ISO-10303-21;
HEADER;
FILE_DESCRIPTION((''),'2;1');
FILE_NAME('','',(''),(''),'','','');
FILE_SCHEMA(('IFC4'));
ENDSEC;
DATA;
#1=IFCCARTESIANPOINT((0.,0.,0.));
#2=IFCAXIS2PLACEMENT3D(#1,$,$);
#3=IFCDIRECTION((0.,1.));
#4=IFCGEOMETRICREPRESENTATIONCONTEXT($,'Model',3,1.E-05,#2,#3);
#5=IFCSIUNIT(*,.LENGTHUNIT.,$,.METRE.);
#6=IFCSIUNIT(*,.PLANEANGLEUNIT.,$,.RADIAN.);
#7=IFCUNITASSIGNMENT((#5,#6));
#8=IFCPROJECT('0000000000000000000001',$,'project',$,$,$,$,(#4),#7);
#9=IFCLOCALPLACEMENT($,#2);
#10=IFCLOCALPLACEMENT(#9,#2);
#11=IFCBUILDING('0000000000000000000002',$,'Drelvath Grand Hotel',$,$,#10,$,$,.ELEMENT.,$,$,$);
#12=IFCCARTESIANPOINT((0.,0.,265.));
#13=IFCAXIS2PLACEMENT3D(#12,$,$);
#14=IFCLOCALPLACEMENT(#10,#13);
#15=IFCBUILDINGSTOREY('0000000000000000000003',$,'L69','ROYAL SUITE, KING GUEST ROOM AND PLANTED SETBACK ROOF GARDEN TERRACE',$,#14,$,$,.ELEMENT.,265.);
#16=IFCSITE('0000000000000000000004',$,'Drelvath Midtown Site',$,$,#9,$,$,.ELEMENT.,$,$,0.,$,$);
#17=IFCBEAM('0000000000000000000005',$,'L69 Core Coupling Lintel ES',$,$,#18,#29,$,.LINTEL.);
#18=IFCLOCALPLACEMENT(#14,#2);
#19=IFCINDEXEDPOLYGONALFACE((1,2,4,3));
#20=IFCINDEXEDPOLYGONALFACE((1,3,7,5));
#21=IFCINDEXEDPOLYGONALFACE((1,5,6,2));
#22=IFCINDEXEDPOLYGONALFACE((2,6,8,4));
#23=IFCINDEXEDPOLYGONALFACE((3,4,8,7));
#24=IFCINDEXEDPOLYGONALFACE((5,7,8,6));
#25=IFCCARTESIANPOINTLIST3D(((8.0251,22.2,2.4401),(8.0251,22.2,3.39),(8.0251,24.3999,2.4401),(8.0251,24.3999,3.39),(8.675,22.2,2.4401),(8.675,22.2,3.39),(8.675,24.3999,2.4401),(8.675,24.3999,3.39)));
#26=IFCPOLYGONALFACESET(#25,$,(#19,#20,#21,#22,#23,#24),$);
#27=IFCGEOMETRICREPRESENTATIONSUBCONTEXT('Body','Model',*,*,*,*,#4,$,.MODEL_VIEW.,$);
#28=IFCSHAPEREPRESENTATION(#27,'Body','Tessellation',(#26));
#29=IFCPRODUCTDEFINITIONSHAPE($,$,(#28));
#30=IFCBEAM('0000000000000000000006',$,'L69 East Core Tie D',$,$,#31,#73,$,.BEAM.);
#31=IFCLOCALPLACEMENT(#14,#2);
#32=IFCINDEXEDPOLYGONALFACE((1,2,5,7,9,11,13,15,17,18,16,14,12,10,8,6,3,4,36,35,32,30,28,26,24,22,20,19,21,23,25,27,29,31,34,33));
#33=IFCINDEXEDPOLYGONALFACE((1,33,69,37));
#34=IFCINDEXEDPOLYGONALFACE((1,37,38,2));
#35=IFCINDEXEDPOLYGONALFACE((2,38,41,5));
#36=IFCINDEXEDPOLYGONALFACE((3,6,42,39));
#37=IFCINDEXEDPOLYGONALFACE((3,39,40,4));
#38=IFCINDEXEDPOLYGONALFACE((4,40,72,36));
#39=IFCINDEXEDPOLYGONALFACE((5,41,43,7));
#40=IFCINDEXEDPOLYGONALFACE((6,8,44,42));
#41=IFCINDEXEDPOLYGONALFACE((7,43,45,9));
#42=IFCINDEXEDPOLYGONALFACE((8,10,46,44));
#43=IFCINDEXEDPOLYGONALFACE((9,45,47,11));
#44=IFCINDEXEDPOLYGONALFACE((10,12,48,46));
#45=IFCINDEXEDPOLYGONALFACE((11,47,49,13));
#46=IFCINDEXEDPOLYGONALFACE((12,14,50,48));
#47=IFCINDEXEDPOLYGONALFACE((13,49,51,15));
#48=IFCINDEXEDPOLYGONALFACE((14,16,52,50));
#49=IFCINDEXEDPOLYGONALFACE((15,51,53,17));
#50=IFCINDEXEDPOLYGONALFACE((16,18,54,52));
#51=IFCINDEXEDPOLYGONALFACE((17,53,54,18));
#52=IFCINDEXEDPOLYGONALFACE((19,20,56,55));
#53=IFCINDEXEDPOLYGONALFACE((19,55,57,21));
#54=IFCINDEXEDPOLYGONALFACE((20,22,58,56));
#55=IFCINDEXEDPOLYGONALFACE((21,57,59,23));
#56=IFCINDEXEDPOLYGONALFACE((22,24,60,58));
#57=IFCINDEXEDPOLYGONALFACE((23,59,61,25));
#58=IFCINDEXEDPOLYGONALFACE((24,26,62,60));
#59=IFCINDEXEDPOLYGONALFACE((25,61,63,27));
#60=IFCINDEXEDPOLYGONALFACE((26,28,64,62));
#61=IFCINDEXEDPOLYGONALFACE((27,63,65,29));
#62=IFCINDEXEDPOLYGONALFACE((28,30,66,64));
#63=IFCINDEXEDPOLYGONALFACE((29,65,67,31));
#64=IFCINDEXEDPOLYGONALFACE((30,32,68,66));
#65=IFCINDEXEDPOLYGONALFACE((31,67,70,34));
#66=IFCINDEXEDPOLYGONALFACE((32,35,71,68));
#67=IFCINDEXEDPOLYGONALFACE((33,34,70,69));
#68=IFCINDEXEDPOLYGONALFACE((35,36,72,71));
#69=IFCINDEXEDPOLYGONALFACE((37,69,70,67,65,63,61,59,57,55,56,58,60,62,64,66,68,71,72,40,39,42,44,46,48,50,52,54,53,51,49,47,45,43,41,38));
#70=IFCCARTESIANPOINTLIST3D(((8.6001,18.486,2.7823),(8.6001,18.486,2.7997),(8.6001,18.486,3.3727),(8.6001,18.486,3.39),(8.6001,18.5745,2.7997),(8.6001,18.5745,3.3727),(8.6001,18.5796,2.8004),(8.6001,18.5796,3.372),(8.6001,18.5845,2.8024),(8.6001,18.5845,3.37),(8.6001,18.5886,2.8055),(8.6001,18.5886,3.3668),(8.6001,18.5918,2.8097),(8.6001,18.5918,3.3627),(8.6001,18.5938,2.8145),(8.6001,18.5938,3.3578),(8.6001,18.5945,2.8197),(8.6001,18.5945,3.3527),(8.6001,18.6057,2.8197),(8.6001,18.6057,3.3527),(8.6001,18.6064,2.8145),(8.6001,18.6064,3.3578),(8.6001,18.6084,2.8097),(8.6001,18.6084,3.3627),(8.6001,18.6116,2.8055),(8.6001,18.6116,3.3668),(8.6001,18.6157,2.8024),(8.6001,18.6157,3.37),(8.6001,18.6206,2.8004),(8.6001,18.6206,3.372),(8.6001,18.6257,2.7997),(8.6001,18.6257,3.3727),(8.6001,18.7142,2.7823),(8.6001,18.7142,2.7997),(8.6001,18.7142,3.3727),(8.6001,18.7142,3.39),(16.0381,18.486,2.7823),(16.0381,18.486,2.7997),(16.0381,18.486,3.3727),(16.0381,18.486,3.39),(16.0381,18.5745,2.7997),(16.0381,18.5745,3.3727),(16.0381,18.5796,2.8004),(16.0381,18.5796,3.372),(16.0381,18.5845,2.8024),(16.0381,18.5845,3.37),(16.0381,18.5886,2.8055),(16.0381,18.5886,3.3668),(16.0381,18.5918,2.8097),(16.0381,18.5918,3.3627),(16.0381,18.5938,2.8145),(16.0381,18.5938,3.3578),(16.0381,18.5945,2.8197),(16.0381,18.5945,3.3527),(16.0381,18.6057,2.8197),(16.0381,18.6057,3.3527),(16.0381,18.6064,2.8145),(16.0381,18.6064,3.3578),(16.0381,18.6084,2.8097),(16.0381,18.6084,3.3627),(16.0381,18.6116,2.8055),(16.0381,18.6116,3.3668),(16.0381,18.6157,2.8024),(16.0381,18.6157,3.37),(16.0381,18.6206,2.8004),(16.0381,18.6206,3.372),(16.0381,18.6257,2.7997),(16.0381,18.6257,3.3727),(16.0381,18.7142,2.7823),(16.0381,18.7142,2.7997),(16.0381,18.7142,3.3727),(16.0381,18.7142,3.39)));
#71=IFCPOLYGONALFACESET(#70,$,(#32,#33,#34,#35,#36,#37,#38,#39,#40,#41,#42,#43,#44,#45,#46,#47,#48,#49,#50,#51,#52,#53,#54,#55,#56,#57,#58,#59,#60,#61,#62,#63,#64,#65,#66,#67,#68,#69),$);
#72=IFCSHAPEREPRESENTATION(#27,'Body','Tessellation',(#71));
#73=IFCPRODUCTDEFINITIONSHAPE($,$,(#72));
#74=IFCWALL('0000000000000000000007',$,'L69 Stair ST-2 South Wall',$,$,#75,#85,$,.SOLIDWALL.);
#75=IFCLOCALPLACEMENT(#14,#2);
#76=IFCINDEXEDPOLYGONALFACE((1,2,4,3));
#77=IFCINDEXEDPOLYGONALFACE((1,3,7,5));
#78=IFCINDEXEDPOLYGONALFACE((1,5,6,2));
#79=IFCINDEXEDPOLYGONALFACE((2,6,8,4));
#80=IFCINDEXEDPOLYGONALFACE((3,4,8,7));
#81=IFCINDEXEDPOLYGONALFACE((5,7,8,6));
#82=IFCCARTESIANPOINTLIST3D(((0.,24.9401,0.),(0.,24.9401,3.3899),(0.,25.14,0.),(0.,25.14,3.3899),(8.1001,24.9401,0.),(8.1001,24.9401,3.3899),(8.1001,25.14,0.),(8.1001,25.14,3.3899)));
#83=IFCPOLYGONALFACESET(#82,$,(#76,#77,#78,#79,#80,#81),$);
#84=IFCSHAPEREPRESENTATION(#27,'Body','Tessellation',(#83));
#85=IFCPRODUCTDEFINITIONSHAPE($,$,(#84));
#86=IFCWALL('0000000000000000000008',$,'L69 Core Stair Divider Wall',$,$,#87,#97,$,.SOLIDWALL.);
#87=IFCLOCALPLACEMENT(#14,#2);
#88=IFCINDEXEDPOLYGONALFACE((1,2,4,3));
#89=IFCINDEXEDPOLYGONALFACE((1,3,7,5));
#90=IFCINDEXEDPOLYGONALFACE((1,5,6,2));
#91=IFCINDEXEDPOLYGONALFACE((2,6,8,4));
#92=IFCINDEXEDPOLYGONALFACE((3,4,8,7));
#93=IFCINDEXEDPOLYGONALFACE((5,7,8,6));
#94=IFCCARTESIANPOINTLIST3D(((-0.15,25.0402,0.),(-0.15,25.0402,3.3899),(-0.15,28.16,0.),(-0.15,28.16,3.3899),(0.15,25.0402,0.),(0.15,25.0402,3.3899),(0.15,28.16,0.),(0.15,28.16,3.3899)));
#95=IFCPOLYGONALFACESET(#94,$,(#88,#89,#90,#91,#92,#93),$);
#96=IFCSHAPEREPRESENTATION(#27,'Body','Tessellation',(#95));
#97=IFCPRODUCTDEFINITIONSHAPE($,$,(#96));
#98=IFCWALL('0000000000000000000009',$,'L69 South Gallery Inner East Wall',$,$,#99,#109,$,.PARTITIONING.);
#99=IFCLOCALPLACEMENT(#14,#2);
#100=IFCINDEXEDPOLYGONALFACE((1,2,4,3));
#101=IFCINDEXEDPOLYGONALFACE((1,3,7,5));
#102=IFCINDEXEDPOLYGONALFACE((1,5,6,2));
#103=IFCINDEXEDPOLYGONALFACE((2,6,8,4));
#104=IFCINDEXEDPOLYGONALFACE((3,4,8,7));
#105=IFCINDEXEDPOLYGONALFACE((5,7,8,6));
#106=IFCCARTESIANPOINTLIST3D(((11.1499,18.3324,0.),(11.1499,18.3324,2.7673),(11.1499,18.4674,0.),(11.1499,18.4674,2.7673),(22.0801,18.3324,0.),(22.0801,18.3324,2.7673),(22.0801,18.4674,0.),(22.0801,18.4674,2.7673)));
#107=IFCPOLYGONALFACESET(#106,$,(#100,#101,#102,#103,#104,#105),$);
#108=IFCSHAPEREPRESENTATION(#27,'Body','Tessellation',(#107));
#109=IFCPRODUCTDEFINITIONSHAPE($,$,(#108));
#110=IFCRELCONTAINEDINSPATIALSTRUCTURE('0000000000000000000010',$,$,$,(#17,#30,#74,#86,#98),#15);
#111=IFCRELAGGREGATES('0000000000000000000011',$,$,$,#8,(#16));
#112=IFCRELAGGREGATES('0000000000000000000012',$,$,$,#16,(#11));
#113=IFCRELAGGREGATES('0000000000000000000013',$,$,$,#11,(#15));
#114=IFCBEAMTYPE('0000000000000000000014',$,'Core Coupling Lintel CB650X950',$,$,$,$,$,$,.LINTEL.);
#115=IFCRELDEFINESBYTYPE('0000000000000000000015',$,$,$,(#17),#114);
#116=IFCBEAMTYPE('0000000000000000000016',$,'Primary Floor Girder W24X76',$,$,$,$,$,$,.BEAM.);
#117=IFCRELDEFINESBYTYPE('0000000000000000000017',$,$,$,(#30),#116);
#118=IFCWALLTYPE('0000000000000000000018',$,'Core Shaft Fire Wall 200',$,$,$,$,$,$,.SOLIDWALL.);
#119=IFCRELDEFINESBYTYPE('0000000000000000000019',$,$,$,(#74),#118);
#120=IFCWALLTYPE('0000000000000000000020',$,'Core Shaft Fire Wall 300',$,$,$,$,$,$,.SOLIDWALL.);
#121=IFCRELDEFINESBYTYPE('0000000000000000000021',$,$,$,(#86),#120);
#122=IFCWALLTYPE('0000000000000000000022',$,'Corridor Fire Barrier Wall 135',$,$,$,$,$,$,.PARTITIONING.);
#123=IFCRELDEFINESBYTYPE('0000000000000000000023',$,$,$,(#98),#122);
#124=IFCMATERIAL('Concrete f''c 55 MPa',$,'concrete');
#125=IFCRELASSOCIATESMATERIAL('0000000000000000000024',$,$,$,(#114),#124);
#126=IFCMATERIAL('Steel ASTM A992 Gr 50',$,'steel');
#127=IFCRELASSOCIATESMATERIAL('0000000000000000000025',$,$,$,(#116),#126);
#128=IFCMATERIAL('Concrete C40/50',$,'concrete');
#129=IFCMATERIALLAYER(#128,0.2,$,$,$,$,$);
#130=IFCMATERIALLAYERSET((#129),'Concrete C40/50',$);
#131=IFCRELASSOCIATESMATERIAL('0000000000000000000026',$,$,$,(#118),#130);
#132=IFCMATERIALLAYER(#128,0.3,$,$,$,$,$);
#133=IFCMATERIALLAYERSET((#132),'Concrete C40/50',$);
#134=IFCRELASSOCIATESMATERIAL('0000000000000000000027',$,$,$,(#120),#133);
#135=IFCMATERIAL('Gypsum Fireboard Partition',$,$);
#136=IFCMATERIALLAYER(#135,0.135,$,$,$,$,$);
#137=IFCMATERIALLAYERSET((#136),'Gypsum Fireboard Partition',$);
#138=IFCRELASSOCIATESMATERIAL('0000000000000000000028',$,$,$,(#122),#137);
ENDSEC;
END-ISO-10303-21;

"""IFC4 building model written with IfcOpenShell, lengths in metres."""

from ifc_helpers import new_model, si_unit, direction, frame, frame_2d, origin, origin_2d, place, context, subcontext, project, spatial, rectangle, i_section, extrude, material, layer, layer_set, material_profile, profile_set, type_object, element, save


model = new_model("IFC4")

# Units and contexts
model_context = context("Model", 3, precision=1e-05, world=origin(), true_north=direction((0.0, 1.0)))
body_context = subcontext(model_context, "Body", "Model", "MODEL_VIEW")
ifc_project = project(units=[si_unit("LENGTHUNIT", "METRE"), si_unit("PLANEANGLEUNIT", "RADIAN")], contexts=[model_context])

# Site, building, storey
site_placement = place(None, origin())
site = spatial("IfcSite", under=ifc_project, at=site_placement, Name="Drelvath Midtown Site", CompositionType="ELEMENT", RefElevation=0.0)
building_placement = place(site_placement, origin())
building = spatial("IfcBuilding", under=site, at=building_placement, Name="Drelvath Grand Hotel", CompositionType="ELEMENT")
storey_placement = place(building_placement, frame((0.0, 0.0, 265.0)))
storey = spatial("IfcBuildingStorey", under=building, at=storey_placement, Name="L69", Description="ROYAL SUITE, KING GUEST ROOM AND PLANTED SETBACK ROOF GARDEN TERRACE", CompositionType="ELEMENT", Elevation=265.0)

# Beams
ifc_material_1 = material(Name="Concrete f'c 55 MPa", Category="concrete")
ifc_material_profile_1 = material_profile(ifc_material_1, rectangle(XDim=0.6499, YDim=0.95, at=origin_2d()), Name="CB650X950")
ifc_profile_set_1 = profile_set([ifc_material_profile_1], Name="Concrete f'c 55 MPa")
beam_type_1 = type_object("IfcBeamType", Name="Core Coupling Lintel CB650X950", PredefinedType="LINTEL", material=ifc_profile_set_1)
beam_1_placement = place(storey_placement, frame((8.3501, 22.2, 2.915), z_axis=(0.0, 1.0, 0.0), x_axis=(-1.0, 0.0, 0.0)))
element("IfcBeam", 1, at=beam_1_placement, inside=storey, type_object=beam_type_1, Name="L69 Core Coupling Lintel ES", PredefinedType="LINTEL", context=body_context, shape_type="SweptSolid", body=[
    extrude(rectangle(XDim=0.6499, YDim=0.95, at=origin_2d()), origin(), (0.0, 0.0, 1.0), 2.2),
])
ifc_material_2 = material(Name="Steel ASTM A992 Gr 50", Category="steel")
ifc_material_profile_2 = material_profile(ifc_material_2, i_section(OverallWidth=0.2283, OverallDepth=0.6077, WebThickness=0.0112, FlangeThickness=0.0173, FilletRadius=0.02, at=origin_2d()), Name="W24X76")
ifc_profile_set_2 = profile_set([ifc_material_profile_2], Name="Steel ASTM A992 Gr 50")
beam_type_2 = type_object("IfcBeamType", Name="Primary Floor Girder W24X76", PredefinedType="BEAM", material=ifc_profile_set_2)
beam_2_placement = place(storey_placement, frame((8.6001, 18.6001, 3.0862), z_axis=(1.0, 0.0, 0.0), x_axis=(0.0, 1.0, 0.0)))
element("IfcBeam", 2, at=beam_2_placement, inside=storey, type_object=beam_type_2, Name="L69 East Core Tie D", PredefinedType="BEAM", context=body_context, shape_type="SweptSolid", body=[
    extrude(i_section(OverallWidth=0.2283, OverallDepth=0.6077, WebThickness=0.0112, FlangeThickness=0.0173, FilletRadius=0.02, at=origin_2d()), origin(), (0.0, 0.0, 1.0), 7.438),
])

# Walls
ifc_material_3 = material(Name="Concrete C40/50", Category="concrete")
ifc_layer_1 = layer(ifc_material_3, 0.2)
ifc_layer_set_1 = layer_set([ifc_layer_1], Name="Concrete C40/50")
wall_type_1 = type_object("IfcWallType", Name="Core Shaft Fire Wall 200", PredefinedType="SOLIDWALL", material=ifc_layer_set_1)
wall_1_placement = place(storey_placement, frame((0.0, 25.04, 0.0), z_axis=(0.0, 0.0, 1.0), x_axis=(1.0, 0.0, 0.0)))
element("IfcWall", 3, at=wall_1_placement, inside=storey, type_object=wall_type_1, Name="L69 Stair ST-2 South Wall", PredefinedType="SOLIDWALL", context=body_context, shape_type="SweptSolid", body=[
    extrude(rectangle(XDim=8.1001, YDim=0.2, at=frame_2d((4.05, 0.0))), origin(), (0.0, 0.0, 1.0), 3.3899),
])
ifc_layer_2 = layer(ifc_material_3, 0.3)
ifc_layer_set_2 = layer_set([ifc_layer_2], Name="Concrete C40/50")
wall_type_2 = type_object("IfcWallType", Name="Core Shaft Fire Wall 300", PredefinedType="SOLIDWALL", material=ifc_layer_set_2)
wall_2_placement = place(storey_placement, frame((0.0, 25.04, 0.0), z_axis=(0.0, 0.0, 1.0), x_axis=(0.0, 1.0, 0.0)))
element("IfcWall", 4, at=wall_2_placement, inside=storey, type_object=wall_type_2, Name="L69 Core Stair Divider Wall", PredefinedType="SOLIDWALL", context=body_context, shape_type="SweptSolid", body=[
    extrude(rectangle(XDim=3.1199, YDim=0.3, at=frame_2d((1.5601, 0.0))), origin(), (0.0, 0.0, 1.0), 3.3899),
])
ifc_material_4 = material(Name="Gypsum Fireboard Partition")
ifc_layer_3 = layer(ifc_material_4, 0.135)
ifc_layer_set_3 = layer_set([ifc_layer_3], Name="Gypsum Fireboard Partition")
wall_type_3 = type_object("IfcWallType", Name="Corridor Fire Barrier Wall 135", PredefinedType="PARTITIONING", material=ifc_layer_set_3)
wall_3_placement = place(storey_placement, frame((11.1499, 18.3999, 0.0), z_axis=(0.0, 0.0, 1.0), x_axis=(1.0, 0.0, 0.0)))
element("IfcWall", 5, at=wall_3_placement, inside=storey, type_object=wall_type_3, Name="L69 South Gallery Inner East Wall", PredefinedType="PARTITIONING", context=body_context, shape_type="SweptSolid", body=[
    extrude(rectangle(XDim=10.9302, YDim=0.135, at=frame_2d((5.4651, 0.0))), origin(), (0.0, 0.0, 1.0), 2.7673),
])

save(model, "model.ifc")
